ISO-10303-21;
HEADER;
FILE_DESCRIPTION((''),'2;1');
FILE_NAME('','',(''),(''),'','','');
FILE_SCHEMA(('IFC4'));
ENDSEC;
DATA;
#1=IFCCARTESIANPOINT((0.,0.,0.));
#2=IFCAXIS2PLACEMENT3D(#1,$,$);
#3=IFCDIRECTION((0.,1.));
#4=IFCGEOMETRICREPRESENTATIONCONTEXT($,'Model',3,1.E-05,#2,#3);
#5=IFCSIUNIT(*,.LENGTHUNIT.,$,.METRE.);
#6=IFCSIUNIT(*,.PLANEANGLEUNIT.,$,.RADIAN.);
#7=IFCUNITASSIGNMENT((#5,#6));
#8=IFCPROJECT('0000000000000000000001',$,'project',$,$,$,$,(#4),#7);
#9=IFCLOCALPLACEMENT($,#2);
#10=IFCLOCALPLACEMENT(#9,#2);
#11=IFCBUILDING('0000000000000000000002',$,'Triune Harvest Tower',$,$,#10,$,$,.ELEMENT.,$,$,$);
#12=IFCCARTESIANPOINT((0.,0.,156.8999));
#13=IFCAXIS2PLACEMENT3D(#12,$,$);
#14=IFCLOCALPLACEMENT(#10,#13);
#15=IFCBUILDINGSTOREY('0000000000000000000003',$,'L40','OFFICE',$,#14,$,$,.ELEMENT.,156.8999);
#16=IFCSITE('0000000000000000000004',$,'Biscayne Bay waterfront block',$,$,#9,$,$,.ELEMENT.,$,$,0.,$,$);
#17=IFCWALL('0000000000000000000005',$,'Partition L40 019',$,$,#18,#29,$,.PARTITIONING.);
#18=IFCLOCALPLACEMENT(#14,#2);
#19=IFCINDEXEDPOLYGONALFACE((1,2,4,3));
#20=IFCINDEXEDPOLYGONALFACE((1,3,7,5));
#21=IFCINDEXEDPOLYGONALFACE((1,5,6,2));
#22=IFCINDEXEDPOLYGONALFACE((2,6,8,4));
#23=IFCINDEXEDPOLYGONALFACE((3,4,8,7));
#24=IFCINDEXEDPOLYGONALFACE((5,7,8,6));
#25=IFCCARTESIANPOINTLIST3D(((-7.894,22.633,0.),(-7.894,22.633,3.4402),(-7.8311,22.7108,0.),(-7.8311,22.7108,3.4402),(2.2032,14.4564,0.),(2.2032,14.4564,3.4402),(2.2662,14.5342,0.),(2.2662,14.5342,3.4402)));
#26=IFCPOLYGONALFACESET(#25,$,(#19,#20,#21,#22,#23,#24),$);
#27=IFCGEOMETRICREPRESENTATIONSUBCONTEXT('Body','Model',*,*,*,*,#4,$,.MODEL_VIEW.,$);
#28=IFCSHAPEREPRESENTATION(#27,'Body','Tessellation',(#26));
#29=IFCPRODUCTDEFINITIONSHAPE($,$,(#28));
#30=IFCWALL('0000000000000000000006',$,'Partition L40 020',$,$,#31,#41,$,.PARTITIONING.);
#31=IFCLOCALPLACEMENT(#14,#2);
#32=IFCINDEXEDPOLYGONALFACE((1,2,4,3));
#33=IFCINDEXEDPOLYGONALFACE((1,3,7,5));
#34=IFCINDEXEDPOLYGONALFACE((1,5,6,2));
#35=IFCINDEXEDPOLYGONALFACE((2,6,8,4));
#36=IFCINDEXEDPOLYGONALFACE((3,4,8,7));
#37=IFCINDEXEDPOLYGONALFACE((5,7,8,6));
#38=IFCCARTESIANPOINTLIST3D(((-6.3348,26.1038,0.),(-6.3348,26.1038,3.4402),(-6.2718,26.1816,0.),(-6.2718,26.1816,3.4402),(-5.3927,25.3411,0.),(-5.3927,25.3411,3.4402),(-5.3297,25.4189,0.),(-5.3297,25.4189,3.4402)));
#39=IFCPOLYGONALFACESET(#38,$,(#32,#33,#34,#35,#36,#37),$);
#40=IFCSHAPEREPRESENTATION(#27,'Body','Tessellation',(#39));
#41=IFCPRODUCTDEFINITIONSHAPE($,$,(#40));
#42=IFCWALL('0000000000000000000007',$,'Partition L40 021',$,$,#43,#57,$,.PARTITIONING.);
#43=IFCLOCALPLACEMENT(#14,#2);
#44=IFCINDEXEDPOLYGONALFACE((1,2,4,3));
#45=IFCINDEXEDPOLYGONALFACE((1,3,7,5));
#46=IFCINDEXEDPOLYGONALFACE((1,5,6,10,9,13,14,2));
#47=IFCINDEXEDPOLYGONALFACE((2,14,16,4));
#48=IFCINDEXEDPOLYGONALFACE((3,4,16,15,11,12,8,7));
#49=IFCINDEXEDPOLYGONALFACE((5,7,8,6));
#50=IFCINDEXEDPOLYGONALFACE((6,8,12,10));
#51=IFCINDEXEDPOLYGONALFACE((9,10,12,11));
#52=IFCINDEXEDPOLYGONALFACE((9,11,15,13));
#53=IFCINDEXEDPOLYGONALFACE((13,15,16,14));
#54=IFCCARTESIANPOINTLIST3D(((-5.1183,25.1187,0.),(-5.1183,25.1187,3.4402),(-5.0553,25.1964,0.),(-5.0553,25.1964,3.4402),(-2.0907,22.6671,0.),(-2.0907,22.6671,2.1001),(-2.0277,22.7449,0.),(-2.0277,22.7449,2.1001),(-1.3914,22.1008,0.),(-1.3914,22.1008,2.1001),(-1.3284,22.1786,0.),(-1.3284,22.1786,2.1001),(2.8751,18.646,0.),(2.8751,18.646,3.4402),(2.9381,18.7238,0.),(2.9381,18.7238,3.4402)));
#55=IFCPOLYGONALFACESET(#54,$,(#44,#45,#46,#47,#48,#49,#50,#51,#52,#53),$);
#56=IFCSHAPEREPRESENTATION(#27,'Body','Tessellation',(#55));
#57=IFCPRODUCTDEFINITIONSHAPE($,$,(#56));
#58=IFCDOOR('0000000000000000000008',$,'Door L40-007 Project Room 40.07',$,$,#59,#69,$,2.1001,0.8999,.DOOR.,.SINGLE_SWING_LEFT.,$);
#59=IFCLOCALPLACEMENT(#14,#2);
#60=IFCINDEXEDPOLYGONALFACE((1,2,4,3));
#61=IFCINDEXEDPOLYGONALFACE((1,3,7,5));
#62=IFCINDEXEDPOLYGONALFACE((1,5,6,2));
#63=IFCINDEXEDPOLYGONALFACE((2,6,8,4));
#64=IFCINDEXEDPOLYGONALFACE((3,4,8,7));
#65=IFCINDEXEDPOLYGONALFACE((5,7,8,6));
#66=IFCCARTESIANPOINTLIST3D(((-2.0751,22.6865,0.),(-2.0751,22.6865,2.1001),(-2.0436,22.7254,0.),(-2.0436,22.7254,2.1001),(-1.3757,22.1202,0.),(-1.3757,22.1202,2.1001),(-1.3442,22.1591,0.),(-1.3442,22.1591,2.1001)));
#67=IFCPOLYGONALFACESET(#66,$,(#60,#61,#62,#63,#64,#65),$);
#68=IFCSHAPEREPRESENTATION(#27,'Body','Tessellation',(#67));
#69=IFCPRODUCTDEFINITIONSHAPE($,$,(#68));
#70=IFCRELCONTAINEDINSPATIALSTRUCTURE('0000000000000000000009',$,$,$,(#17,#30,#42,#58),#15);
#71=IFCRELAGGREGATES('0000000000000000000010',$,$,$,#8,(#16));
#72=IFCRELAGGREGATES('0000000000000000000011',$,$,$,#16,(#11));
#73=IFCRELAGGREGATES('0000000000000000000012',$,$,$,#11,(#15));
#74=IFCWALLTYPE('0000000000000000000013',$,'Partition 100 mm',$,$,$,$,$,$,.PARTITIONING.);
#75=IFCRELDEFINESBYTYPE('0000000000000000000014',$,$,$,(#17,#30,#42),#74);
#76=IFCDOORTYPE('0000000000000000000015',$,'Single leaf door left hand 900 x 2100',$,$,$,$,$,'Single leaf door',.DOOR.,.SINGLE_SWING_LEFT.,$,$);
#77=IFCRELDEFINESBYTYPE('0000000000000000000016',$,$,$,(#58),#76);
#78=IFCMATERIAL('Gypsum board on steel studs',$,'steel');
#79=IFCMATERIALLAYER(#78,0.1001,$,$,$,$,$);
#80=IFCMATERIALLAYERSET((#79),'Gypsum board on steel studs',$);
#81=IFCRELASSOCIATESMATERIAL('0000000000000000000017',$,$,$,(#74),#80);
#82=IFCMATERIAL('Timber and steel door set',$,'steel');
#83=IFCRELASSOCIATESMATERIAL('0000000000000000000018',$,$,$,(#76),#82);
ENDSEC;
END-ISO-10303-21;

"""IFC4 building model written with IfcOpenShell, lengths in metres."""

from ifc_helpers import new_model, si_unit, direction, frame, frame_2d, origin, place, context, subcontext, project, spatial, rectangle, extrude, source, transform, mapped, material, layer, layer_set, type_object, element, fill, save


model = new_model("IFC4")

# Units and contexts
model_context = context("Model", 3, precision=1e-05, world=origin(), true_north=direction((0.0, 1.0)))
body_context = subcontext(model_context, "Body", "Model", "MODEL_VIEW")
ifc_project = project(units=[si_unit("LENGTHUNIT", "METRE"), si_unit("PLANEANGLEUNIT", "RADIAN")], contexts=[model_context])

# Site, building, storey
site_placement = place(None, origin())
site = spatial("IfcSite", under=ifc_project, at=site_placement, Name="Biscayne Bay waterfront block", CompositionType="ELEMENT", RefElevation=0.0)
building_placement = place(site_placement, origin())
building = spatial("IfcBuilding", under=site, at=building_placement, Name="Triune Harvest Tower", CompositionType="ELEMENT")
storey_placement = place(building_placement, frame((0.0, 0.0, 156.8999)))
storey = spatial("IfcBuildingStorey", under=building, at=storey_placement, Name="L40", Description="OFFICE", CompositionType="ELEMENT", Elevation=156.8999)

# Walls
ifc_material_1 = material(Name="Gypsum board on steel studs", Category="steel")
ifc_layer_1 = layer(ifc_material_1, 0.1001)
ifc_layer_set_1 = layer_set([ifc_layer_1], Name="Gypsum board on steel studs")
wall_type = type_object("IfcWallType", Name="Partition 100 mm", PredefinedType="PARTITIONING", material=ifc_layer_set_1)
wall_1_placement = place(storey_placement, frame((-7.8625, 22.6719, 0.0), z_axis=(0.0, 0.0, 1.0), x_axis=(0.777146, -0.62932, 0.0)))
element("IfcWall", 1, at=wall_1_placement, inside=storey, type_object=wall_type, Name="Partition L40 019", PredefinedType="PARTITIONING", context=body_context, shape_type="SweptSolid", body=[
    extrude(rectangle(XDim=12.9927, YDim=0.1001, at=frame_2d((6.4963, 0.0))), origin(), (0.0, 0.0, 1.0), 3.4402),
])
shared_shape_1 = source(origin(), body_context, "Body", "SweptSolid", [
    extrude(rectangle(XDim=1.2122, YDim=0.1001, at=frame_2d((0.606, 0.0))), origin(), (0.0, 0.0, 1.0), 3.4402),
])
wall_2_placement = place(storey_placement, frame((-6.3032, 26.1426, 0.0), z_axis=(0.0, 0.0, 1.0), x_axis=(0.77724, -0.629204, 0.0)))
element("IfcWall", 2, at=wall_2_placement, inside=storey, type_object=wall_type, Name="Partition L40 020", PredefinedType="PARTITIONING", context=body_context, shape_type="MappedRepresentation", body=[
    mapped(shared_shape_1, transform((0.0, 0.0, 0.0), scale=1.0)),
])

# Wall, opening, door
shared_shape_2 = source(origin(), body_context, "Body", "SweptSolid", [
    extrude(rectangle(XDim=10.2854, YDim=0.1001, at=frame_2d((5.1426, 0.0))), origin(), (0.0, 0.0, 1.0), 3.4402),
])
wall_3_placement = place(storey_placement, frame((-5.0867, 25.1575, 0.0), z_axis=(0.0, 0.0, 1.0), x_axis=(0.777159, -0.629304, 0.0)))
wall_3 = element("IfcWall", 3, at=wall_3_placement, inside=storey, type_object=wall_type, Name="Partition L40 021", PredefinedType="PARTITIONING", context=body_context, shape_type="MappedRepresentation", body=[
    mapped(shared_shape_2, transform((0.0, 0.0, 0.0), scale=1.0)),
])
opening_placement = place(wall_3_placement, frame((3.8955, 0.0, 0.0)))
opening = element("IfcOpeningElement", 4, at=opening_placement, cuts=wall_3, PredefinedType="OPENING", context=body_context, shape_type="SweptSolid", body=[
    extrude(rectangle(XDim=0.8999, YDim=2.1001, at=frame_2d((0.45, 1.05))), frame((0.0, 0.0601, 0.0), z_axis=(0.0, -1.0, 0.0), x_axis=(1.0, 0.0, 0.0)), (0.0, 0.0, 1.0), 0.1201),
])
ifc_material_2 = material(Name="Timber and steel door set", Category="steel")
door_type = type_object("IfcDoorType", Name="Single leaf door left hand 900 x 2100", ElementType="Single leaf door", OperationType="SINGLE_SWING_LEFT", PredefinedType="DOOR", material=ifc_material_2)
door_placement = place(opening_placement, origin())
door = element("IfcDoor", 5, at=door_placement, inside=storey, type_object=door_type, Name="Door L40-007 Project Room 40.07", OperationType="SINGLE_SWING_LEFT", OverallHeight=2.1001, OverallWidth=0.8999, PredefinedType="DOOR", context=body_context, shape_type="SweptSolid", body=[
    extrude(rectangle(XDim=0.8999, YDim=2.1001, at=frame_2d((0.45, 1.05))), frame((0.0, 0.0249, 0.0), z_axis=(0.0, -1.0, 0.0), x_axis=(1.0, 0.0, 0.0)), (0.0, 0.0, 1.0), 0.05),
])
fill(opening, door)

save(model, "model.ifc")
